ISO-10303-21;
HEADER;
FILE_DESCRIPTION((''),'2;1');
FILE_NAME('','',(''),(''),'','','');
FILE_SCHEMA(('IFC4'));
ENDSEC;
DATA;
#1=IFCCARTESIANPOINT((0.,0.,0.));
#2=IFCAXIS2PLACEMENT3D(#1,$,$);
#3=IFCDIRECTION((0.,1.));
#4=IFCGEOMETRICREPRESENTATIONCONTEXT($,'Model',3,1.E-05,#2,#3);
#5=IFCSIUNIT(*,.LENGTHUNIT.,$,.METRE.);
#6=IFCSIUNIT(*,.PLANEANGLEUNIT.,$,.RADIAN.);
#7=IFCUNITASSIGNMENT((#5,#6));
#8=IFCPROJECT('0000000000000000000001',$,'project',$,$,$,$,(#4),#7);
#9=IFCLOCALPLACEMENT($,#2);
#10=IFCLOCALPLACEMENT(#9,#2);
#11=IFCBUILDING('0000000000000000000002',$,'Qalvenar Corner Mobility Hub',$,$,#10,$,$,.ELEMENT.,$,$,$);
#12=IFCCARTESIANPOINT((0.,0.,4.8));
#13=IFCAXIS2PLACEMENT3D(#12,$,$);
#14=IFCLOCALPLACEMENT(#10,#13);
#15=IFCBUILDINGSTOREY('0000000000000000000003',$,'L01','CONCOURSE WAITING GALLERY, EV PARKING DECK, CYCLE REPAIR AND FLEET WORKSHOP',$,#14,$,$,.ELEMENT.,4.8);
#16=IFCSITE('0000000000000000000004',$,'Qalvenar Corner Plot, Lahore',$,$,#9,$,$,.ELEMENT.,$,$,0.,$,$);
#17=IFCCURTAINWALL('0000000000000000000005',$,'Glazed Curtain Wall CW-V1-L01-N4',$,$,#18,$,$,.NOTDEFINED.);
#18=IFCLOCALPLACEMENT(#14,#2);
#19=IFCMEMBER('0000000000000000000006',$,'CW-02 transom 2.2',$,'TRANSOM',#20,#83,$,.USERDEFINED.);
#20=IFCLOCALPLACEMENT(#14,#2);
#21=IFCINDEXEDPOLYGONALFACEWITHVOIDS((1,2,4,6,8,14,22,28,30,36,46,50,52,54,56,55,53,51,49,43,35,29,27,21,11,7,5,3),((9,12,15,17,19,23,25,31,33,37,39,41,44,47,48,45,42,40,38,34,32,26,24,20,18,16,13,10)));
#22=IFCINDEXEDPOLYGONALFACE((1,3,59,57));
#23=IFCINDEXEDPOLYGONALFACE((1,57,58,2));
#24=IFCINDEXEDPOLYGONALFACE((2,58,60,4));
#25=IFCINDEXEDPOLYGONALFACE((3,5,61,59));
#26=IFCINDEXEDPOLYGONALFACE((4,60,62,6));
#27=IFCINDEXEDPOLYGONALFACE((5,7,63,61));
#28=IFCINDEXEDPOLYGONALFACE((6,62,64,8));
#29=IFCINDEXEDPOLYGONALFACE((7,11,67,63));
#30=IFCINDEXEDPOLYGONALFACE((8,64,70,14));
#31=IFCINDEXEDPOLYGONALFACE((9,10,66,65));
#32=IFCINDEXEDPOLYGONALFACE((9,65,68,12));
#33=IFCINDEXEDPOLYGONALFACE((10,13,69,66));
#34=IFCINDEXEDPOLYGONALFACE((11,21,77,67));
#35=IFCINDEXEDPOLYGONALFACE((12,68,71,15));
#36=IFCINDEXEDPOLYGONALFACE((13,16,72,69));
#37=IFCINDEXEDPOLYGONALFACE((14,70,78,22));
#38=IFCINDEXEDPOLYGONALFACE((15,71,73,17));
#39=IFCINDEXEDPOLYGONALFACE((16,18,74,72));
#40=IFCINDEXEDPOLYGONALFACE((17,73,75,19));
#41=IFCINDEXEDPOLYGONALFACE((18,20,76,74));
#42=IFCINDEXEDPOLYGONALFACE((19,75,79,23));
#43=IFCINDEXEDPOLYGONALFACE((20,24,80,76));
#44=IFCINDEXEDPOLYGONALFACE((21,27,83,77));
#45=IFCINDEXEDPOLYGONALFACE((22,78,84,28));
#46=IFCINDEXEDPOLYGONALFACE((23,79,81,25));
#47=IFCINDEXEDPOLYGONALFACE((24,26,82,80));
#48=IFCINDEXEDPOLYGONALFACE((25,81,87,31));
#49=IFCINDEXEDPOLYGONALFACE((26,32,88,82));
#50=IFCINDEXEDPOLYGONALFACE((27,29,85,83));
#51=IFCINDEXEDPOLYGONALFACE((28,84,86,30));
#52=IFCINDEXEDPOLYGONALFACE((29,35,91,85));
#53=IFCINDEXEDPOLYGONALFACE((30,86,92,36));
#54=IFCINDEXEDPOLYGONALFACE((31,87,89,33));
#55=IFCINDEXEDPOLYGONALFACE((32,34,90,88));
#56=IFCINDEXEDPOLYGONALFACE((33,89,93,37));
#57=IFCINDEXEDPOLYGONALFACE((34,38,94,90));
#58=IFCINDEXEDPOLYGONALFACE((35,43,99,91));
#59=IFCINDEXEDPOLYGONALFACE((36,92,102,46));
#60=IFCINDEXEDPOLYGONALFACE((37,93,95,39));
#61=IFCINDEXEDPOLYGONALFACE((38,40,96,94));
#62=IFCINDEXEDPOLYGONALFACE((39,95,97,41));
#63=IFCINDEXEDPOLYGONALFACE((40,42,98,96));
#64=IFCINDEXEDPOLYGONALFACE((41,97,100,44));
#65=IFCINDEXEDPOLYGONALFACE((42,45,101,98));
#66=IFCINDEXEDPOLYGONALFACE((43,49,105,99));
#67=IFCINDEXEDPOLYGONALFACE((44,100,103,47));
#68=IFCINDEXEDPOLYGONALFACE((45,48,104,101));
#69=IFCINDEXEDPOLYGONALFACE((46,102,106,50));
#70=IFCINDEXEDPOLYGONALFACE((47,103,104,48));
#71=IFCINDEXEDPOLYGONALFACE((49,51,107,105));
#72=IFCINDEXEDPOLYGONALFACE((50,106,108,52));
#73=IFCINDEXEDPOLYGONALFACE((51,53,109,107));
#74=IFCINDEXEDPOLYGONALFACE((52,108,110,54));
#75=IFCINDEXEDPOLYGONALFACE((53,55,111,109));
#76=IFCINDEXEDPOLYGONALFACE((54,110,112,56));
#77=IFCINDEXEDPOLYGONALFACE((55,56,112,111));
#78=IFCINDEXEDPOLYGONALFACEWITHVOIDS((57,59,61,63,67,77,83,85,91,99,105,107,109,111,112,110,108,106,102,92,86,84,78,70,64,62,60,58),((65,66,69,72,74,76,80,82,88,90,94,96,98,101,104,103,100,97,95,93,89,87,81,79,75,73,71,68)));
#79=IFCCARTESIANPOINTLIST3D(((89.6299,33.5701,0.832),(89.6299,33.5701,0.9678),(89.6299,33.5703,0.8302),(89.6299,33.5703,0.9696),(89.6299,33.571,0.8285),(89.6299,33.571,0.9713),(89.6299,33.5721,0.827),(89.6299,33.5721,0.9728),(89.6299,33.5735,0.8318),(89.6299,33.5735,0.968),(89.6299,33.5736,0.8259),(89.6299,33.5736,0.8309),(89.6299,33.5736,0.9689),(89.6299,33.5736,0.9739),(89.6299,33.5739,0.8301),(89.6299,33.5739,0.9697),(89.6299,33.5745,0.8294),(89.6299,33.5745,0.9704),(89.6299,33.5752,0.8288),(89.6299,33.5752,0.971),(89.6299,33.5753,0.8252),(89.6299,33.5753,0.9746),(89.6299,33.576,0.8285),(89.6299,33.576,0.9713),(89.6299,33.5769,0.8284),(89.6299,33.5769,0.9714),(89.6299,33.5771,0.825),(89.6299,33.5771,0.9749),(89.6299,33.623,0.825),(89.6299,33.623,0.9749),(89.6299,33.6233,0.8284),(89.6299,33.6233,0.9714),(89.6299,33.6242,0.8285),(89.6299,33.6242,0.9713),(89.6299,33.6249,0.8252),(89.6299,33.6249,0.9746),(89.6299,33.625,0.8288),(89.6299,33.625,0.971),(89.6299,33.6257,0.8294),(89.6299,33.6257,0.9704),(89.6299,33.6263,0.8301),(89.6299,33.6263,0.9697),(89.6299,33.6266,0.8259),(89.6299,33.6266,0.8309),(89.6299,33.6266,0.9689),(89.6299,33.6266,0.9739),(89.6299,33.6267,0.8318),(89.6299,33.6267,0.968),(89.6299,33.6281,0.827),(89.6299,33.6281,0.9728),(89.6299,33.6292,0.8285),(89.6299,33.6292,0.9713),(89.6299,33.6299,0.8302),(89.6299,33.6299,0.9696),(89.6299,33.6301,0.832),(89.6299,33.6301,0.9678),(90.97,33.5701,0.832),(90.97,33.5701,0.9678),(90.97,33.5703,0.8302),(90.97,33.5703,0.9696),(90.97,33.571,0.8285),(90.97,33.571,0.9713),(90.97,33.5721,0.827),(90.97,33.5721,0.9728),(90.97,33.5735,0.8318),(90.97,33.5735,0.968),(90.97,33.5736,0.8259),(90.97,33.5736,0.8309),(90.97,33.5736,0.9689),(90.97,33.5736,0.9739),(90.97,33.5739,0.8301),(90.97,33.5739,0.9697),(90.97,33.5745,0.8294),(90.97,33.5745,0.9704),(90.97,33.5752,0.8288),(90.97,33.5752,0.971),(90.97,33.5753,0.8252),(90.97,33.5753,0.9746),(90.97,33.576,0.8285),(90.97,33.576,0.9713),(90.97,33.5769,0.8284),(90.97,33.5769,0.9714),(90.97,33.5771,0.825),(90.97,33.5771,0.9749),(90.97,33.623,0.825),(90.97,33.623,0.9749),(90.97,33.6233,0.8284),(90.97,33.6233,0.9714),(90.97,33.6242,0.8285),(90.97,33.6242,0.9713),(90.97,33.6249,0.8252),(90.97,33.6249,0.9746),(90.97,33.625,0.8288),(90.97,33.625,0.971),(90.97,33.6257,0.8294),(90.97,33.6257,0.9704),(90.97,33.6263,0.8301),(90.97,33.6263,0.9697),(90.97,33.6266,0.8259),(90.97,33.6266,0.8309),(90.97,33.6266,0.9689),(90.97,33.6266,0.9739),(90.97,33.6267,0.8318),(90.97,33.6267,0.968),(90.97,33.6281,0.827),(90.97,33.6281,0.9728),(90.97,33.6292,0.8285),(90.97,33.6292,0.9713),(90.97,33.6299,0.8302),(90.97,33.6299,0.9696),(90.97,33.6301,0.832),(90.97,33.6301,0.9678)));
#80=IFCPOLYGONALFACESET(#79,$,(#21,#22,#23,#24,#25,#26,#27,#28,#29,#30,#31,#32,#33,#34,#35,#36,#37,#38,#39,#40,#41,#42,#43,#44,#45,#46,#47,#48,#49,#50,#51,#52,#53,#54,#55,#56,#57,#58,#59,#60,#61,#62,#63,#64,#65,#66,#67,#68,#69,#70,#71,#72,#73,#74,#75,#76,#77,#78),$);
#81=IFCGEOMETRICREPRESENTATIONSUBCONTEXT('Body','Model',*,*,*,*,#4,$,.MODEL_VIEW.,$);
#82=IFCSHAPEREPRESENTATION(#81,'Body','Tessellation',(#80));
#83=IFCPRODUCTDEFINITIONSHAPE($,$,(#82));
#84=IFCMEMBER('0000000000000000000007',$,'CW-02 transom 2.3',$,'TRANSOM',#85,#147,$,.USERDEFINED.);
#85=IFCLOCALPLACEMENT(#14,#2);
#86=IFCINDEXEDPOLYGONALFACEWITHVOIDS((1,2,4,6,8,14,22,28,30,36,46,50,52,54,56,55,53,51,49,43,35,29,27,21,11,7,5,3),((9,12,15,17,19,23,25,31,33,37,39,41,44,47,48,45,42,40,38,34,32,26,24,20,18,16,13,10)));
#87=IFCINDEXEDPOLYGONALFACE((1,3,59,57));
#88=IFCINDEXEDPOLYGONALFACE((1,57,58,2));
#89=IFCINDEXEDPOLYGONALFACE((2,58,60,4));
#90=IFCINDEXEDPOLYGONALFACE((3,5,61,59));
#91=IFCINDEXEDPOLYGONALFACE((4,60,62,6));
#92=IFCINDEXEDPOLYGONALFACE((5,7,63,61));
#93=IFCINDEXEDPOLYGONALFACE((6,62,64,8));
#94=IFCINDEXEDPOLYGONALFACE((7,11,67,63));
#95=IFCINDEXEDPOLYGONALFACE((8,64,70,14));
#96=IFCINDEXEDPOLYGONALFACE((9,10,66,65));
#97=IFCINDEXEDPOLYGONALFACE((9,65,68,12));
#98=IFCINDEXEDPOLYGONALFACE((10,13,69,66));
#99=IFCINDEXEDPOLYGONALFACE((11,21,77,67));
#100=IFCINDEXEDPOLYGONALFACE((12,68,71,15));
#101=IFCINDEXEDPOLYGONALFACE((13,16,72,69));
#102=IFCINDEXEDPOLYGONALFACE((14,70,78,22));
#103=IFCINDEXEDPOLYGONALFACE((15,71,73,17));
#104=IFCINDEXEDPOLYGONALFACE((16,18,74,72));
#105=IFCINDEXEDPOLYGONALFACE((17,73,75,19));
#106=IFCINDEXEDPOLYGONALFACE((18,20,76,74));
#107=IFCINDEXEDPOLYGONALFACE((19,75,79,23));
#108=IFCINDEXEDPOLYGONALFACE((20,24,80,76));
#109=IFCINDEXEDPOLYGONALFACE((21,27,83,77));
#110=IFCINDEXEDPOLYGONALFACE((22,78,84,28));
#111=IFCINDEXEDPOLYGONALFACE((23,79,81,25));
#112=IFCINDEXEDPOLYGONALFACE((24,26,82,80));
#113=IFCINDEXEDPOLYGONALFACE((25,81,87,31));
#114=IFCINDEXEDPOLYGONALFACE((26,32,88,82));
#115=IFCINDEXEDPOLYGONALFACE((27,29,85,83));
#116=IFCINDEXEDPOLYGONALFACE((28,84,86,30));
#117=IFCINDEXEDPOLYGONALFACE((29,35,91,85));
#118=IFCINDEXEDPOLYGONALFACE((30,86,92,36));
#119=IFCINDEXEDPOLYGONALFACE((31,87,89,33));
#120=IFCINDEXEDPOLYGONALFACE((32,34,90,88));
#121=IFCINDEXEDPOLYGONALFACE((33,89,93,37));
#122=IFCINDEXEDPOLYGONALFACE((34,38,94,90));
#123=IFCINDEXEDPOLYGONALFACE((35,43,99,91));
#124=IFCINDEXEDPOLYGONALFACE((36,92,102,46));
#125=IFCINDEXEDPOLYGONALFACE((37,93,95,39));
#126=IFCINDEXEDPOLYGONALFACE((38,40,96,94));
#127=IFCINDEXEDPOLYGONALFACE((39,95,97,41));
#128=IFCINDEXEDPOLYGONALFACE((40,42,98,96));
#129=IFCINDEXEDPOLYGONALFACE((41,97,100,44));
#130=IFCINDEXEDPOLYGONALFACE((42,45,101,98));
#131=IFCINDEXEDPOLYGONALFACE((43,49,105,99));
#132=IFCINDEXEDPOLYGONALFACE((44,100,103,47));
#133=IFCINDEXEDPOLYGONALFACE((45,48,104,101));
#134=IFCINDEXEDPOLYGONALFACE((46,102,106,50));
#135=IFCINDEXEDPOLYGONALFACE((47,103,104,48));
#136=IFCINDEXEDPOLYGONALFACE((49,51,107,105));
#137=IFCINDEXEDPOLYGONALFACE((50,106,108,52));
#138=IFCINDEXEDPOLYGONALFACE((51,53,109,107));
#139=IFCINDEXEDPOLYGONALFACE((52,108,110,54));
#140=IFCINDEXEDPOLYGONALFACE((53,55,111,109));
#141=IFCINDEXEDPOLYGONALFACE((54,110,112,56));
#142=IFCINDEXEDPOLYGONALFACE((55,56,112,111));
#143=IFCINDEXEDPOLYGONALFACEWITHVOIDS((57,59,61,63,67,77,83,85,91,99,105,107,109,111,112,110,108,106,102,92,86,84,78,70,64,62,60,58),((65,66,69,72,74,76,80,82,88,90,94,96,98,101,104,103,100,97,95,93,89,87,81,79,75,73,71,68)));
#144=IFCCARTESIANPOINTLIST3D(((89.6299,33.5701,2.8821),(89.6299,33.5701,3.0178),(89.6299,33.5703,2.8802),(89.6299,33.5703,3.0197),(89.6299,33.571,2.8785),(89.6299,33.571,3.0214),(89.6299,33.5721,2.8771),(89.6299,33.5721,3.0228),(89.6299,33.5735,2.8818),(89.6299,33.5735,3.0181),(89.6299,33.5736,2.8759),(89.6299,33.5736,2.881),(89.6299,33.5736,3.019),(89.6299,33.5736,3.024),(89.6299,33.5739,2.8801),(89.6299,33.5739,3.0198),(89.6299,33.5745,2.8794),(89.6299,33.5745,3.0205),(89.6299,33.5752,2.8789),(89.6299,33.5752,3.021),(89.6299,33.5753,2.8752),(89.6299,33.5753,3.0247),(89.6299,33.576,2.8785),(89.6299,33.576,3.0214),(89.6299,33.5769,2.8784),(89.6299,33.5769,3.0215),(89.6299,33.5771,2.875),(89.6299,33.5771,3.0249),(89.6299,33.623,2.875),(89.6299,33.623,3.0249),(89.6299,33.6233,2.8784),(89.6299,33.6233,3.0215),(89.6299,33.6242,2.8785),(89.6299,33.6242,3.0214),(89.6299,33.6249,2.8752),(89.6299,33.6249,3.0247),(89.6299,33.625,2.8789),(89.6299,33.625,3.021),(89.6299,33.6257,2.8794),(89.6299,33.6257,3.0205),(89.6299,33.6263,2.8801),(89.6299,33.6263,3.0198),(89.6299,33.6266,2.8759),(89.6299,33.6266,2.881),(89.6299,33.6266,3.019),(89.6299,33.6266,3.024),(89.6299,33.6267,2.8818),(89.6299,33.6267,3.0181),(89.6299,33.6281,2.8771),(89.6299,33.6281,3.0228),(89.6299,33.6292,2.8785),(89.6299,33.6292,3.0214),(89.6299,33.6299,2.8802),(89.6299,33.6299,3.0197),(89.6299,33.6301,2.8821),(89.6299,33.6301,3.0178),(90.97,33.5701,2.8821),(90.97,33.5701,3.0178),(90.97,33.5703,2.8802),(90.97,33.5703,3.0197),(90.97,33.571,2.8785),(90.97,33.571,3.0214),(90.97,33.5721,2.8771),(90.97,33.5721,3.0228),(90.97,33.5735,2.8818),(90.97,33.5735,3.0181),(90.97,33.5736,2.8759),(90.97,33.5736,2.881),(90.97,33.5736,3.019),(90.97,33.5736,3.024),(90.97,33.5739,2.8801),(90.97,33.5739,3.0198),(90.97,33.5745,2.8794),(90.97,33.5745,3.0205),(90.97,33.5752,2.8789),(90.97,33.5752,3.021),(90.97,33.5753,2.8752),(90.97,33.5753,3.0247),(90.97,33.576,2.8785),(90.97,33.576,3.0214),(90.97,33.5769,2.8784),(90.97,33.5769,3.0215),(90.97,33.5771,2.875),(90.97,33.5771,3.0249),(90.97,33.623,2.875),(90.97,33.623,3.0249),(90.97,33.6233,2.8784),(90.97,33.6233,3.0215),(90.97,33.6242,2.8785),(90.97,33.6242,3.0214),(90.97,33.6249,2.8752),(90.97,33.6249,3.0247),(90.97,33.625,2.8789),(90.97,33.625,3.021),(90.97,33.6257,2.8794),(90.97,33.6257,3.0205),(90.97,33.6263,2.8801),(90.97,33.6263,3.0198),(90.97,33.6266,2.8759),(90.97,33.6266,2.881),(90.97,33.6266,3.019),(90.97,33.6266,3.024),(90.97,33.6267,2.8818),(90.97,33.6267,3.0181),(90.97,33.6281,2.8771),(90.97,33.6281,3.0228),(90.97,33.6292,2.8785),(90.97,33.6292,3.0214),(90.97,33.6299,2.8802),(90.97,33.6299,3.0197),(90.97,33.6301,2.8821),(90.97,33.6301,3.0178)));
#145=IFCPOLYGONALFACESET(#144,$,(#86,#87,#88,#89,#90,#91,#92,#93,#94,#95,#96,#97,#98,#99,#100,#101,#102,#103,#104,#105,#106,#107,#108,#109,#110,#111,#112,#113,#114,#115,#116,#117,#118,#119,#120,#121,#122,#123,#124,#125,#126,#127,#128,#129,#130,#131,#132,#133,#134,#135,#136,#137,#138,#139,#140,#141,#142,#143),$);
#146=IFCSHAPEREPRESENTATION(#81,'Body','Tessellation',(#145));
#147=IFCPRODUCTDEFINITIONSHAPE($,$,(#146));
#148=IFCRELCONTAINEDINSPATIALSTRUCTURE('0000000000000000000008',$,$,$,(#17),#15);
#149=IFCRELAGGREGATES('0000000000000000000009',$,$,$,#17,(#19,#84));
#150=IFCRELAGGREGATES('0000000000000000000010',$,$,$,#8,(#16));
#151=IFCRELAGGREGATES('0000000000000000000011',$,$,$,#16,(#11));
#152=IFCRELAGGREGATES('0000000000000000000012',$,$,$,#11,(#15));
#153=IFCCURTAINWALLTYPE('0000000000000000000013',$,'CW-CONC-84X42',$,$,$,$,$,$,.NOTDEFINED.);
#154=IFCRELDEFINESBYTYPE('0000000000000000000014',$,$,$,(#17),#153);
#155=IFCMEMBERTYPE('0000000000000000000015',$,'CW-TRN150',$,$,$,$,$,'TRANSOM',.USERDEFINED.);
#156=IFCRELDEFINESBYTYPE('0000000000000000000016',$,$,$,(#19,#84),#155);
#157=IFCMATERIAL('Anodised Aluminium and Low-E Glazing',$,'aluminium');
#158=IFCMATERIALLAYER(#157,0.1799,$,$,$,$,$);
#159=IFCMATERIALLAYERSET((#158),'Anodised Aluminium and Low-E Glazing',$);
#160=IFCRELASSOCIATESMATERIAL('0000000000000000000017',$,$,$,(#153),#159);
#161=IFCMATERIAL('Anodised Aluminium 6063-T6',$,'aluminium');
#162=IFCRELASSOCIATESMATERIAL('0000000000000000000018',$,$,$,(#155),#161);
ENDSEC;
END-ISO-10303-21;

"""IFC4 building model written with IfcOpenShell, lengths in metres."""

from ifc_helpers import new_model, si_unit, direction, frame, origin, origin_2d, place, context, subcontext, project, spatial, hollow_rectangle, extrude, material, layer, layer_set, material_profile, profile_set, type_object, element, aggregate, save


model = new_model("IFC4")

# Units and contexts
model_context = context("Model", 3, precision=1e-05, world=origin(), true_north=direction((0.0, 1.0)))
body_context = subcontext(model_context, "Body", "Model", "MODEL_VIEW")
ifc_project = project(units=[si_unit("LENGTHUNIT", "METRE"), si_unit("PLANEANGLEUNIT", "RADIAN")], contexts=[model_context])

# Site, building, storey
site_placement = place(None, origin())
site = spatial("IfcSite", under=ifc_project, at=site_placement, Name="Qalvenar Corner Plot, Lahore", CompositionType="ELEMENT", RefElevation=0.0)
building_placement = place(site_placement, origin())
building = spatial("IfcBuilding", under=site, at=building_placement, Name="Qalvenar Corner Mobility Hub", CompositionType="ELEMENT")
storey_placement = place(building_placement, frame((0.0, 0.0, 4.8)))
storey = spatial("IfcBuildingStorey", under=building, at=storey_placement, Name="L01", Description="CONCOURSE WAITING GALLERY, EV PARKING DECK, CYCLE REPAIR AND FLEET WORKSHOP", CompositionType="ELEMENT", Elevation=4.8)

# Curtain wall, members
ifc_material_1 = material(Name="Anodised Aluminium and Low-E Glazing", Category="aluminium")
ifc_layer_1 = layer(ifc_material_1, 0.1799)
ifc_layer_set_1 = layer_set([ifc_layer_1], Name="Anodised Aluminium and Low-E Glazing")
curtain_wall_type = type_object("IfcCurtainWallType", Name="CW-CONC-84X42", PredefinedType="NOTDEFINED", material=ifc_layer_set_1)
curtain_wall_placement = place(storey_placement, origin())
curtain_wall = element("IfcCurtainWall", 1, at=curtain_wall_placement, inside=storey, type_object=curtain_wall_type, Name="Glazed Curtain Wall CW-V1-L01-N4", PredefinedType="NOTDEFINED")
ifc_material_2 = material(Name="Anodised Aluminium 6063-T6", Category="aluminium")
ifc_material_profile_1 = material_profile(ifc_material_2, hollow_rectangle(XDim=0.0601, YDim=0.1499, WallThickness=0.0034, InnerFilletRadius=0.0034, OuterFilletRadius=0.0071, at=origin_2d()), Name="RHS150x60x3.5")
ifc_profile_set_1 = profile_set([ifc_material_profile_1], Name="Anodised Aluminium 6063-T6")
member_type_1 = type_object("IfcMemberType", Name="CW-TRN150", ElementType="TRANSOM", PredefinedType="USERDEFINED", material=ifc_profile_set_1)
member_1_placement = place(storey_placement, frame((90.97, 33.6001, 0.8999), z_axis=(-1.0, 0.0, 0.0), x_axis=(0.0, -1.0, 0.0)))
member_1 = element("IfcMember", 2, at=member_1_placement, type_object=member_type_1, Name="CW-02 transom 2.2", ObjectType="TRANSOM", PredefinedType="USERDEFINED", context=body_context, shape_type="SweptSolid", body=[
    extrude(hollow_rectangle(XDim=0.0601, YDim=0.1499, WallThickness=0.0034, InnerFilletRadius=0.0034, OuterFilletRadius=0.0071, at=origin_2d()), origin(), (0.0, 0.0, 1.0), 1.3401),
])
member_2_placement = place(storey_placement, frame((90.97, 33.6001, 2.95), z_axis=(-1.0, 0.0, 0.0), x_axis=(0.0, -1.0, 0.0)))
member_2 = element("IfcMember", 3, at=member_2_placement, type_object=member_type_1, Name="CW-02 transom 2.3", ObjectType="TRANSOM", PredefinedType="USERDEFINED", context=body_context, shape_type="SweptSolid", body=[
    extrude(hollow_rectangle(XDim=0.0601, YDim=0.1499, WallThickness=0.0034, InnerFilletRadius=0.0034, OuterFilletRadius=0.0071, at=origin_2d()), origin(), (0.0, 0.0, 1.0), 1.3401),
])
aggregate(curtain_wall, [member_1, member_2])

save(model, "model.ifc")
